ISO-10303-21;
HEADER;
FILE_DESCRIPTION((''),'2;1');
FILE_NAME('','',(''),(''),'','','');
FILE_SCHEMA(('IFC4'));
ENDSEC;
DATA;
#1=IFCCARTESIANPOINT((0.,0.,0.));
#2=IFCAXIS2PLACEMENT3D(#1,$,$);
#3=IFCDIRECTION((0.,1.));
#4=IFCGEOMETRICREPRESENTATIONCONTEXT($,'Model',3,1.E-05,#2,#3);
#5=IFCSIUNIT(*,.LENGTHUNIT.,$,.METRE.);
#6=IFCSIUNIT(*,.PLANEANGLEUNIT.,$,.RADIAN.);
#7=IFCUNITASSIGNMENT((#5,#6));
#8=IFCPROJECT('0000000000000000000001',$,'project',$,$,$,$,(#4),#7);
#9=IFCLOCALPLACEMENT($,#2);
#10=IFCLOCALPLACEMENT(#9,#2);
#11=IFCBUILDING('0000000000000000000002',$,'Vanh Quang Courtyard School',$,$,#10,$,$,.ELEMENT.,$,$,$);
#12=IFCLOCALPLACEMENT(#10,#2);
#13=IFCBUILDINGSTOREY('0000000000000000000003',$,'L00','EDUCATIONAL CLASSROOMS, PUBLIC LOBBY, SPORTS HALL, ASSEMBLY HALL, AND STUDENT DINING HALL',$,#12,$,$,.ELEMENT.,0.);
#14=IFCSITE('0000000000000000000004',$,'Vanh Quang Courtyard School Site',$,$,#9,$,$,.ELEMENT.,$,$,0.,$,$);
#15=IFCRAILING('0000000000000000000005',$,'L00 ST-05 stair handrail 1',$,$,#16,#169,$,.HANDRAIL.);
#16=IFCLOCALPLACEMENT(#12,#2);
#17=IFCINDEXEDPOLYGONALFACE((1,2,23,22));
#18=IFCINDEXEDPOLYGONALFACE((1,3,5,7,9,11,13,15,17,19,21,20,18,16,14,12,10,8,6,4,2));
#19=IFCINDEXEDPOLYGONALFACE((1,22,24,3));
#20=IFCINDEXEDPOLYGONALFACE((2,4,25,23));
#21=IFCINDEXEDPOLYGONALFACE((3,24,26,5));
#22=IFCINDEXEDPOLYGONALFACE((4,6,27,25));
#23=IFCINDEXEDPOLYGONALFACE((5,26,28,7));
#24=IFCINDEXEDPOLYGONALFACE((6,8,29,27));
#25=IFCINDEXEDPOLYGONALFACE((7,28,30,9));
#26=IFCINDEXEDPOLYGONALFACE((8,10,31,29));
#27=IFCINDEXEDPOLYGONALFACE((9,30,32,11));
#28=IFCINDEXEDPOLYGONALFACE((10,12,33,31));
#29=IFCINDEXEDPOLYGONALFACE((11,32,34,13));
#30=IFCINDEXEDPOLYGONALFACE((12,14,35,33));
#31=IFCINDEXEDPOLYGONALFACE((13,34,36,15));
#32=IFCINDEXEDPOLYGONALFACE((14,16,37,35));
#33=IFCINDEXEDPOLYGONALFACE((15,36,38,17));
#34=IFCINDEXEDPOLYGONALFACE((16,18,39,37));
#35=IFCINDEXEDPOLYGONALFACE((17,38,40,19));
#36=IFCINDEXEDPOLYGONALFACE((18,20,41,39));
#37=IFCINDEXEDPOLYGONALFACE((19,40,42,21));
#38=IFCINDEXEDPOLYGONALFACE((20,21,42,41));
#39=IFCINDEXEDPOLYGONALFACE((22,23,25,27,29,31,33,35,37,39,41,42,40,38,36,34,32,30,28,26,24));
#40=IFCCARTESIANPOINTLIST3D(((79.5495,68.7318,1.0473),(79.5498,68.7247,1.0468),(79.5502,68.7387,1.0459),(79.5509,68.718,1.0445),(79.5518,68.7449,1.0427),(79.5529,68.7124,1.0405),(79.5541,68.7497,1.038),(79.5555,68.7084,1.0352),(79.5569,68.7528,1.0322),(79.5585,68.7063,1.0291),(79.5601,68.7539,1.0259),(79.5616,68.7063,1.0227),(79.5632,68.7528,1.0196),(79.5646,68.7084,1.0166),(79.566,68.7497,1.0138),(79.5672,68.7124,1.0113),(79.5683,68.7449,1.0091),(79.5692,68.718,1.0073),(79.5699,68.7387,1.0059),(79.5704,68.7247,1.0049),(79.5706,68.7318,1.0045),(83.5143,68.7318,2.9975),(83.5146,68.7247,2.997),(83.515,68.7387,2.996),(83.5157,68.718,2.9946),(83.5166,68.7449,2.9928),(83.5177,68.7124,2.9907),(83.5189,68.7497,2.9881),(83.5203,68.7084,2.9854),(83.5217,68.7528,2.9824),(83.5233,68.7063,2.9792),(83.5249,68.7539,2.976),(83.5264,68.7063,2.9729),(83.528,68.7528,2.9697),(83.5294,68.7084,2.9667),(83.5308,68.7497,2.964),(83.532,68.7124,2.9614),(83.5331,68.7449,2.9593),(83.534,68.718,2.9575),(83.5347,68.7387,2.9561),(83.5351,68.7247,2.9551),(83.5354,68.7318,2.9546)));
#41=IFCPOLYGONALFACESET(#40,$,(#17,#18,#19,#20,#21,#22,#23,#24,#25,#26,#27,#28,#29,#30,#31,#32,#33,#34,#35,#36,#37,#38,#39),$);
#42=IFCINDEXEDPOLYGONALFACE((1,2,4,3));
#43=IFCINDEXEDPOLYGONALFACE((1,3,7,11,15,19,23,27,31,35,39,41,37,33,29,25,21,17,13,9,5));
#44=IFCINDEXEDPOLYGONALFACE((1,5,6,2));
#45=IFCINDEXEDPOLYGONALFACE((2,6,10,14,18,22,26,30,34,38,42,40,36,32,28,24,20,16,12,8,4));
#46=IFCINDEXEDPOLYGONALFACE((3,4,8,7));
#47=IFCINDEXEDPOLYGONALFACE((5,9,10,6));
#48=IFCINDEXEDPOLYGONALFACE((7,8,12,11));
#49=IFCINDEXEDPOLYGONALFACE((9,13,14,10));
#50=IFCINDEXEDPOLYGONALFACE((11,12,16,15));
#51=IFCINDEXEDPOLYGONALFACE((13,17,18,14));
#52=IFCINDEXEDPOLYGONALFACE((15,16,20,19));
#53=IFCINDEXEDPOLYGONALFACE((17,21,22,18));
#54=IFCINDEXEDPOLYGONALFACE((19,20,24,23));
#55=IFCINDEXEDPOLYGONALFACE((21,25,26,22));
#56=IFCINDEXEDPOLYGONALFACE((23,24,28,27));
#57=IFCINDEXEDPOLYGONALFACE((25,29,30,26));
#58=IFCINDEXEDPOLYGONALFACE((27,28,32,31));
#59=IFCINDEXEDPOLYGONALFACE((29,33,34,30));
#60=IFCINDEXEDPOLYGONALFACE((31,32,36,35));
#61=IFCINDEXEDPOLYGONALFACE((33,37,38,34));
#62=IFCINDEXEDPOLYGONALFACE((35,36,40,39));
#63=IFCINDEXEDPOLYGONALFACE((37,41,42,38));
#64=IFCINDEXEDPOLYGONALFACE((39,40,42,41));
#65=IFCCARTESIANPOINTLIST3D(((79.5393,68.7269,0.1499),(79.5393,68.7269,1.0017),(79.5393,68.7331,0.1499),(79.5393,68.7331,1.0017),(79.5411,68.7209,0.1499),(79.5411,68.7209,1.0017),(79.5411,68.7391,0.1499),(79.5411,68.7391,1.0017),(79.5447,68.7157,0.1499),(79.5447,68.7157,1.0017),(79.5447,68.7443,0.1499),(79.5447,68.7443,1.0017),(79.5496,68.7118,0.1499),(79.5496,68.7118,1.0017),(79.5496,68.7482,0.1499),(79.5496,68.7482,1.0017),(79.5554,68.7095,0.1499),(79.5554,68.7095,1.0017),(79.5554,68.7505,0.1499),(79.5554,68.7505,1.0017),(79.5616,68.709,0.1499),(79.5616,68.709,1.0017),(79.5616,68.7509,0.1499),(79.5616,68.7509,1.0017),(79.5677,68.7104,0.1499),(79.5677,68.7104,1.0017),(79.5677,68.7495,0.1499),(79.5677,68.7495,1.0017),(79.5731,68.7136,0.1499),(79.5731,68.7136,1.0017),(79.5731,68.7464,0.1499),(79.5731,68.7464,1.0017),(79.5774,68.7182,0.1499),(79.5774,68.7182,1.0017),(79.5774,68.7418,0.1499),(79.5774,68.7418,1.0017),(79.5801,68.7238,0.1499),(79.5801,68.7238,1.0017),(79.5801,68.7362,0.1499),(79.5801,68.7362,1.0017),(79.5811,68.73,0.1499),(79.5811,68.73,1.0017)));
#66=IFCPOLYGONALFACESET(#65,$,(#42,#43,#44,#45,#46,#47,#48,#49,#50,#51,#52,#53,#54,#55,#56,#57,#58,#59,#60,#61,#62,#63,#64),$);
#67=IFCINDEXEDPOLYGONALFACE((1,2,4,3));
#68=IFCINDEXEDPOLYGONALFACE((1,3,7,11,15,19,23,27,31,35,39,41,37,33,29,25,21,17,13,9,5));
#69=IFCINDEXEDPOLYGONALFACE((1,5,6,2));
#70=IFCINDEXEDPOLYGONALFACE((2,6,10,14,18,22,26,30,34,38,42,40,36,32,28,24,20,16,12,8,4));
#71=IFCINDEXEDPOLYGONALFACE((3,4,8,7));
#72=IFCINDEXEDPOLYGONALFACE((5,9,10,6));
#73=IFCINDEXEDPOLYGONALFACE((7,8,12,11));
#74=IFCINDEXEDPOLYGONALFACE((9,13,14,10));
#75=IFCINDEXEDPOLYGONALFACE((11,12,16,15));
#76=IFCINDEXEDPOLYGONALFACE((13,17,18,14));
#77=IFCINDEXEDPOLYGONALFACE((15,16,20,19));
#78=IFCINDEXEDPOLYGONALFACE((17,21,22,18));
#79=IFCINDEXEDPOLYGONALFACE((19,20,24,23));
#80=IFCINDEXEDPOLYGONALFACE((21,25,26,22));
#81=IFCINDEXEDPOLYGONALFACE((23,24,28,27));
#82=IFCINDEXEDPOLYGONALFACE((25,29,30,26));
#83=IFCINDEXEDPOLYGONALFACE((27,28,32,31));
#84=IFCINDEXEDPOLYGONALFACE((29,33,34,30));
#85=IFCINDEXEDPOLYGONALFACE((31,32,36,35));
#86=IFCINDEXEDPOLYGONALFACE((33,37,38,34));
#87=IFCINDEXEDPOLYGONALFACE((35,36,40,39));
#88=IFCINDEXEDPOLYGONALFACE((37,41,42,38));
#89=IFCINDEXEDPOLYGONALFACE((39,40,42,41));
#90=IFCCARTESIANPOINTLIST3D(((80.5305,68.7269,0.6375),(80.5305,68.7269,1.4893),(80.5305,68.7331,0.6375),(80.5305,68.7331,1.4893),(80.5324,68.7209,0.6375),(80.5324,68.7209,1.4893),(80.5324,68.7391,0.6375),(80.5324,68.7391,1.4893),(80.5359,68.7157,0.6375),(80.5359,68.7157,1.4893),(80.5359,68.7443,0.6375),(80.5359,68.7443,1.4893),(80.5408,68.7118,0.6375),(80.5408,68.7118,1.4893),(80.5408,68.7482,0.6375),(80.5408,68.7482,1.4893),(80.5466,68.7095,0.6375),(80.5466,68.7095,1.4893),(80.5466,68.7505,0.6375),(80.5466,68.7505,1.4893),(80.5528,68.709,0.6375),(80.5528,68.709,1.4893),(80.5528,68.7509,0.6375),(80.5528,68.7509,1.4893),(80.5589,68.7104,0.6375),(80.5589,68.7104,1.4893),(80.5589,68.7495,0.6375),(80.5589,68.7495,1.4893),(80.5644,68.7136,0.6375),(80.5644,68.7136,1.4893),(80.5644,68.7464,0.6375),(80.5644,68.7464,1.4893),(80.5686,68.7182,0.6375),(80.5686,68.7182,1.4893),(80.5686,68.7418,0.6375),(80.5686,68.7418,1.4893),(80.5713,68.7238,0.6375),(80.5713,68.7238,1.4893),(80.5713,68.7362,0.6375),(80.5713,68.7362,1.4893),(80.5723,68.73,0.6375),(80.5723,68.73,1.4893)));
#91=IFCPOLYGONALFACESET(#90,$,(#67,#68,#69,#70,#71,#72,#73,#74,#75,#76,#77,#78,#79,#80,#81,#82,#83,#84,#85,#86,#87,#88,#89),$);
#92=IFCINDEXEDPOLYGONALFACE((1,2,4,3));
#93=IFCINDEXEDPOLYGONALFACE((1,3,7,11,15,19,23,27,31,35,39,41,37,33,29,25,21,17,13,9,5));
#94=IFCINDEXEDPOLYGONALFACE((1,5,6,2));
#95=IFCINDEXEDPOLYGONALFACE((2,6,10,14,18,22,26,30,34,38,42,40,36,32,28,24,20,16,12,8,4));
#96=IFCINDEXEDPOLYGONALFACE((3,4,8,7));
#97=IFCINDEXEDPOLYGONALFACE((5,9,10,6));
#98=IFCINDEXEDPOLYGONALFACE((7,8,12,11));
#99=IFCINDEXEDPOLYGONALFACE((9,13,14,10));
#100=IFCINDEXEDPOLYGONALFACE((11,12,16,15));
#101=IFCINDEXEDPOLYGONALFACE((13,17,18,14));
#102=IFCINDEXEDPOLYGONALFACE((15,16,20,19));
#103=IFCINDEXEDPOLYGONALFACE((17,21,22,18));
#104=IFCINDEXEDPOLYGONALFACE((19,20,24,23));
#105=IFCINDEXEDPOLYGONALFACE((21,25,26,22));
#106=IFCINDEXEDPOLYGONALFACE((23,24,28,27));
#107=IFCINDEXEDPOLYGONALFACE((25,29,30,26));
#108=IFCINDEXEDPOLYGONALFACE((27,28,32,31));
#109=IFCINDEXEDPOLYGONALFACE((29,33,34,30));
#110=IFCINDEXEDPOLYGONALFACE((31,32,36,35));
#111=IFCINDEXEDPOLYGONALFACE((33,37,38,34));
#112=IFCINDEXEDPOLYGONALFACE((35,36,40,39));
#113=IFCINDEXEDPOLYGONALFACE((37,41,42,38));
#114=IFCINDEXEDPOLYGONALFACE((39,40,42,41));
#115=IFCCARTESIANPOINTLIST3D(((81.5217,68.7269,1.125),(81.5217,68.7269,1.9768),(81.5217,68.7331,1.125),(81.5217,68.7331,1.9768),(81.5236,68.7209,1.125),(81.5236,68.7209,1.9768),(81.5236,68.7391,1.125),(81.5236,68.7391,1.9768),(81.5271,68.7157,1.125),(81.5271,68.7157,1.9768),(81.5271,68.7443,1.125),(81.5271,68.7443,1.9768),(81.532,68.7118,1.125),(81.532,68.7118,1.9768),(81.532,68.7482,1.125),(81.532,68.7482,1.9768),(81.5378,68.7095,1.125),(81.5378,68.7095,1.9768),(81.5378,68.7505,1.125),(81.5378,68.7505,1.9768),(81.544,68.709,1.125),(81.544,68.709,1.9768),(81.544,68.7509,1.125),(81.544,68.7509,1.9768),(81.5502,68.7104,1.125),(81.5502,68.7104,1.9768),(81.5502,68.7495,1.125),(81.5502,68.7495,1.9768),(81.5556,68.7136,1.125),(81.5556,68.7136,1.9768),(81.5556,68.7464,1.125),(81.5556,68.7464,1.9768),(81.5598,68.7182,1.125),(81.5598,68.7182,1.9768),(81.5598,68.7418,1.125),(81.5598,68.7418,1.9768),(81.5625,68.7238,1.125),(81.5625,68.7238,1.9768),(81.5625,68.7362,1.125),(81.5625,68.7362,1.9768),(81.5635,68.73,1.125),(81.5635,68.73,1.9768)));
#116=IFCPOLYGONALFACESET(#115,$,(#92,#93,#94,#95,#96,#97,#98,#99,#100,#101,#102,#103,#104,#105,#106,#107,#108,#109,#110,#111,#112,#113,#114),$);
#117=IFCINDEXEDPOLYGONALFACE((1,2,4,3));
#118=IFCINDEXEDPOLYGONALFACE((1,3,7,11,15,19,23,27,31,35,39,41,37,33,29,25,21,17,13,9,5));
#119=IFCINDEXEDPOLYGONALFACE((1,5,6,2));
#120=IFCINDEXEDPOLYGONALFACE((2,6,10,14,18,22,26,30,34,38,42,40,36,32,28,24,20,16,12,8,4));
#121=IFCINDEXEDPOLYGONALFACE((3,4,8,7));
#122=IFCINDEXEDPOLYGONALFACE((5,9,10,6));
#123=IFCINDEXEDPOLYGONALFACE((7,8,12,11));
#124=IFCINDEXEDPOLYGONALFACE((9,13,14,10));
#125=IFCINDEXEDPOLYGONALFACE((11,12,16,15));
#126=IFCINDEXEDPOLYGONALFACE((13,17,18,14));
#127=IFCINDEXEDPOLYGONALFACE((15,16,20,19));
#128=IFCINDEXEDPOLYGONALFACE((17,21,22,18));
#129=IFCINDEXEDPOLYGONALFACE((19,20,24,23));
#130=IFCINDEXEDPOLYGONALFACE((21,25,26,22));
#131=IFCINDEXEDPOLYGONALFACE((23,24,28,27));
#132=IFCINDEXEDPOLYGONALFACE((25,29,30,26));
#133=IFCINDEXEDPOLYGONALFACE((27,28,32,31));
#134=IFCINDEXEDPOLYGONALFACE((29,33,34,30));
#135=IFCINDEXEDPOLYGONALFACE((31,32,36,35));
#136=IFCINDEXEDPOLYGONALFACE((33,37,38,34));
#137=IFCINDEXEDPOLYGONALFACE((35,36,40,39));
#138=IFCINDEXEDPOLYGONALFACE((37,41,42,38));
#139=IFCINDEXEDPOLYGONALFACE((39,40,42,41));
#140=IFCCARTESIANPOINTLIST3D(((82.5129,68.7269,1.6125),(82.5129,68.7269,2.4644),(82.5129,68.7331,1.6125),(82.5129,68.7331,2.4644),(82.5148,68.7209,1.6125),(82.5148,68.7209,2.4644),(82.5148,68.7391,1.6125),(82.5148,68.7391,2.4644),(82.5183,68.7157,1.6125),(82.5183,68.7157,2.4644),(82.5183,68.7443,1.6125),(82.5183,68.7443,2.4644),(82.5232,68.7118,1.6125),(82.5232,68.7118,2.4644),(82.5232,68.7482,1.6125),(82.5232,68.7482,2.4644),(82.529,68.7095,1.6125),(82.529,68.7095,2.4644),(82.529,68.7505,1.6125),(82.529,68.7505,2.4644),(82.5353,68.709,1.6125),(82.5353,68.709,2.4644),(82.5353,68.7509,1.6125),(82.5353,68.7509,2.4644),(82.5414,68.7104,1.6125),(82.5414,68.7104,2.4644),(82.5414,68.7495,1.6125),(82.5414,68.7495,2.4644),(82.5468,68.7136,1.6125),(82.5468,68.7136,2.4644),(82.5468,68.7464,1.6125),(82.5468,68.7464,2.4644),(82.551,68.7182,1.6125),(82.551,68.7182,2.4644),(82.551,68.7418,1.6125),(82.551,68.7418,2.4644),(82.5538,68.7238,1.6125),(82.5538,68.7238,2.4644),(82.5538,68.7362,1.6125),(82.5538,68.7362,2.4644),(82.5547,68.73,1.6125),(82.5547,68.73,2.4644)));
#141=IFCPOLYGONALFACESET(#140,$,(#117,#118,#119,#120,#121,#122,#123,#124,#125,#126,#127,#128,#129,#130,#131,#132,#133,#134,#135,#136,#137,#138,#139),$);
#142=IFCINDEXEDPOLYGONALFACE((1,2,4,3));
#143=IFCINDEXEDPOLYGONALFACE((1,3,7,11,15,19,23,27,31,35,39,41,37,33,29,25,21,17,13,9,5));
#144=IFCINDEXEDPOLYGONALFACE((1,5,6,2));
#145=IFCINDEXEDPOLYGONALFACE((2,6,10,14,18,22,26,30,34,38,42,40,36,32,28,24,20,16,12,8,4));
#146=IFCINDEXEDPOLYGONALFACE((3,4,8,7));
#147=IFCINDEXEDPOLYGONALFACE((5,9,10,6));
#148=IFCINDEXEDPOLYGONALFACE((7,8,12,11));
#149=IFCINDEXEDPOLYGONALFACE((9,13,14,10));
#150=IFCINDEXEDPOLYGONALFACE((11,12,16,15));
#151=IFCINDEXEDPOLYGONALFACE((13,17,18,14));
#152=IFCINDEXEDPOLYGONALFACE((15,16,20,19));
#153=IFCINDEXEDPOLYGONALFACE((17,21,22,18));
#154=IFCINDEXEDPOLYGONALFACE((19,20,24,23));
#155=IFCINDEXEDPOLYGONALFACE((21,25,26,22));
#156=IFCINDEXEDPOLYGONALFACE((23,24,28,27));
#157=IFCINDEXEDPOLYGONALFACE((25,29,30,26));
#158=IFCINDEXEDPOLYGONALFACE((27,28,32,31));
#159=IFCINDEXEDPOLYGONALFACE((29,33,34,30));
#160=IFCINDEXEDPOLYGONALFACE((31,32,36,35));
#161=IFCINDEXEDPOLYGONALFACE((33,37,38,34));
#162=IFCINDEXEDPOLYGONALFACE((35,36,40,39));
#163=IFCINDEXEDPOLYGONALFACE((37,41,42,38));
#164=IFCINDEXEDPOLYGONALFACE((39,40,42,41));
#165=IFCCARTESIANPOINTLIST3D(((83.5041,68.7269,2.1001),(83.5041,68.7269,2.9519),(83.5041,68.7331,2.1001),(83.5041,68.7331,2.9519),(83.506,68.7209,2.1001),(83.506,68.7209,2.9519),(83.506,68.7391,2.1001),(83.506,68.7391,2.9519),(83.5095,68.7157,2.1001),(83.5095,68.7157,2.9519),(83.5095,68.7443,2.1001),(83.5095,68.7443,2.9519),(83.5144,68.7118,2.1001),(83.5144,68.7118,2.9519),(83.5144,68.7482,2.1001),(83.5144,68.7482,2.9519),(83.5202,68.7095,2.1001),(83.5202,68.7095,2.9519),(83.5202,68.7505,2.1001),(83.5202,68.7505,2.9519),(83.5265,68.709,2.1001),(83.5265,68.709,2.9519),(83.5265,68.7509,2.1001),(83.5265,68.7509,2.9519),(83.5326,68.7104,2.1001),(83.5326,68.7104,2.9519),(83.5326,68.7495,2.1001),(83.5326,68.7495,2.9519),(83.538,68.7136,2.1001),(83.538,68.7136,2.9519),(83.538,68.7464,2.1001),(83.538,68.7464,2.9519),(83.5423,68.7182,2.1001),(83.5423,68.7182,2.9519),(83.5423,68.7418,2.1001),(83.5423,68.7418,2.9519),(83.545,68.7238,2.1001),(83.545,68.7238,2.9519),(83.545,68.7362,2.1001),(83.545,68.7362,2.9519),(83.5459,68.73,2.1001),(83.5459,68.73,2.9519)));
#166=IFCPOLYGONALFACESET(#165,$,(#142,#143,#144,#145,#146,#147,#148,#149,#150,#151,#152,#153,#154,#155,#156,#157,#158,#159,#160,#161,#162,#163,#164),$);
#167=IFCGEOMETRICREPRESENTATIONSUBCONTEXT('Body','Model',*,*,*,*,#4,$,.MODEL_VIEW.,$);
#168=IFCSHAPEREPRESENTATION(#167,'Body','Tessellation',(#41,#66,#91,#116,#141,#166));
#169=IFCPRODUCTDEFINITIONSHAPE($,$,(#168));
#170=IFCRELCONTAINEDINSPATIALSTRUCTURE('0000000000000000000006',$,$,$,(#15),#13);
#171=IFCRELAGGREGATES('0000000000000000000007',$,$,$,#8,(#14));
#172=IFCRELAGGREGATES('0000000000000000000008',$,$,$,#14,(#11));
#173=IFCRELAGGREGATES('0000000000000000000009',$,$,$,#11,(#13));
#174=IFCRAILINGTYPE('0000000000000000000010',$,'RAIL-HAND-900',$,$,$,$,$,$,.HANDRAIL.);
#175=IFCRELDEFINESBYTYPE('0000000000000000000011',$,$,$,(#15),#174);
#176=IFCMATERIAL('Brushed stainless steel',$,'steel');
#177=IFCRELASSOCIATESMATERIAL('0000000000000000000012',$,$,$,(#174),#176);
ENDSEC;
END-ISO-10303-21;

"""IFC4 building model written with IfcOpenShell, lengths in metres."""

from ifc_helpers import new_model, si_unit, direction, frame, origin, origin_2d, place, context, subcontext, project, spatial, circle, extrude, material, type_object, element, save


model = new_model("IFC4")

# Units and contexts
model_context = context("Model", 3, precision=1e-05, world=origin(), true_north=direction((0.0, 1.0)))
body_context = subcontext(model_context, "Body", "Model", "MODEL_VIEW")
ifc_project = project(units=[si_unit("LENGTHUNIT", "METRE"), si_unit("PLANEANGLEUNIT", "RADIAN")], contexts=[model_context])

# Site, building, storey
site_placement = place(None, origin())
site = spatial("IfcSite", under=ifc_project, at=site_placement, Name="Vanh Quang Courtyard School Site", CompositionType="ELEMENT", RefElevation=0.0)
building_placement = place(site_placement, origin())
building = spatial("IfcBuilding", under=site, at=building_placement, Name="Vanh Quang Courtyard School", CompositionType="ELEMENT")
storey_placement = place(building_placement, origin())
storey = spatial("IfcBuildingStorey", under=building, at=storey_placement, Name="L00", Description="EDUCATIONAL CLASSROOMS, PUBLIC LOBBY, SPORTS HALL, ASSEMBLY HALL, AND STUDENT DINING HALL", CompositionType="ELEMENT", Elevation=0.0)

# Railing
ifc_material_1 = material(Name="Brushed stainless steel", Category="steel")
railing_type_1 = type_object("IfcRailingType", Name="RAIL-HAND-900", PredefinedType="HANDRAIL", material=ifc_material_1)
for number, where, name in (
    (1, (79.5601, 68.73, 0.1499), "L00 ST-05 stair handrail 1"),
):
    element("IfcRailing", number, at=place(storey_placement, frame(where)), inside=storey, type_object=railing_type_1, Name=name, PredefinedType="HANDRAIL", context=body_context, shape_type="SweptSolid", body=[
        extrude(circle(Radius=0.0239, at=origin_2d()), frame((0.0, 0.0, 0.876), z_axis=(0.897326, 0.0, 0.441369), x_axis=(0.0, 1.0, 0.0)), (0.0, 0.0, 1.0), 4.4185),
        extrude(circle(Radius=0.021, at=origin_2d()), origin(), (0.0, 0.0, 1.0), 0.8518),
        extrude(circle(Radius=0.021, at=origin_2d()), frame((0.9912, 0.0, 0.4875)), (0.0, 0.0, 1.0), 0.8518),
        extrude(circle(Radius=0.021, at=origin_2d()), frame((1.9824, 0.0, 0.9751)), (0.0, 0.0, 1.0), 0.8518),
        extrude(circle(Radius=0.021, at=origin_2d()), frame((2.9736, 0.0, 1.4626)), (0.0, 0.0, 1.0), 0.8518),
        extrude(circle(Radius=0.021, at=origin_2d()), frame((3.9648, 0.0, 1.9502)), (0.0, 0.0, 1.0), 0.8518),
    ])

save(model, "model.ifc")
